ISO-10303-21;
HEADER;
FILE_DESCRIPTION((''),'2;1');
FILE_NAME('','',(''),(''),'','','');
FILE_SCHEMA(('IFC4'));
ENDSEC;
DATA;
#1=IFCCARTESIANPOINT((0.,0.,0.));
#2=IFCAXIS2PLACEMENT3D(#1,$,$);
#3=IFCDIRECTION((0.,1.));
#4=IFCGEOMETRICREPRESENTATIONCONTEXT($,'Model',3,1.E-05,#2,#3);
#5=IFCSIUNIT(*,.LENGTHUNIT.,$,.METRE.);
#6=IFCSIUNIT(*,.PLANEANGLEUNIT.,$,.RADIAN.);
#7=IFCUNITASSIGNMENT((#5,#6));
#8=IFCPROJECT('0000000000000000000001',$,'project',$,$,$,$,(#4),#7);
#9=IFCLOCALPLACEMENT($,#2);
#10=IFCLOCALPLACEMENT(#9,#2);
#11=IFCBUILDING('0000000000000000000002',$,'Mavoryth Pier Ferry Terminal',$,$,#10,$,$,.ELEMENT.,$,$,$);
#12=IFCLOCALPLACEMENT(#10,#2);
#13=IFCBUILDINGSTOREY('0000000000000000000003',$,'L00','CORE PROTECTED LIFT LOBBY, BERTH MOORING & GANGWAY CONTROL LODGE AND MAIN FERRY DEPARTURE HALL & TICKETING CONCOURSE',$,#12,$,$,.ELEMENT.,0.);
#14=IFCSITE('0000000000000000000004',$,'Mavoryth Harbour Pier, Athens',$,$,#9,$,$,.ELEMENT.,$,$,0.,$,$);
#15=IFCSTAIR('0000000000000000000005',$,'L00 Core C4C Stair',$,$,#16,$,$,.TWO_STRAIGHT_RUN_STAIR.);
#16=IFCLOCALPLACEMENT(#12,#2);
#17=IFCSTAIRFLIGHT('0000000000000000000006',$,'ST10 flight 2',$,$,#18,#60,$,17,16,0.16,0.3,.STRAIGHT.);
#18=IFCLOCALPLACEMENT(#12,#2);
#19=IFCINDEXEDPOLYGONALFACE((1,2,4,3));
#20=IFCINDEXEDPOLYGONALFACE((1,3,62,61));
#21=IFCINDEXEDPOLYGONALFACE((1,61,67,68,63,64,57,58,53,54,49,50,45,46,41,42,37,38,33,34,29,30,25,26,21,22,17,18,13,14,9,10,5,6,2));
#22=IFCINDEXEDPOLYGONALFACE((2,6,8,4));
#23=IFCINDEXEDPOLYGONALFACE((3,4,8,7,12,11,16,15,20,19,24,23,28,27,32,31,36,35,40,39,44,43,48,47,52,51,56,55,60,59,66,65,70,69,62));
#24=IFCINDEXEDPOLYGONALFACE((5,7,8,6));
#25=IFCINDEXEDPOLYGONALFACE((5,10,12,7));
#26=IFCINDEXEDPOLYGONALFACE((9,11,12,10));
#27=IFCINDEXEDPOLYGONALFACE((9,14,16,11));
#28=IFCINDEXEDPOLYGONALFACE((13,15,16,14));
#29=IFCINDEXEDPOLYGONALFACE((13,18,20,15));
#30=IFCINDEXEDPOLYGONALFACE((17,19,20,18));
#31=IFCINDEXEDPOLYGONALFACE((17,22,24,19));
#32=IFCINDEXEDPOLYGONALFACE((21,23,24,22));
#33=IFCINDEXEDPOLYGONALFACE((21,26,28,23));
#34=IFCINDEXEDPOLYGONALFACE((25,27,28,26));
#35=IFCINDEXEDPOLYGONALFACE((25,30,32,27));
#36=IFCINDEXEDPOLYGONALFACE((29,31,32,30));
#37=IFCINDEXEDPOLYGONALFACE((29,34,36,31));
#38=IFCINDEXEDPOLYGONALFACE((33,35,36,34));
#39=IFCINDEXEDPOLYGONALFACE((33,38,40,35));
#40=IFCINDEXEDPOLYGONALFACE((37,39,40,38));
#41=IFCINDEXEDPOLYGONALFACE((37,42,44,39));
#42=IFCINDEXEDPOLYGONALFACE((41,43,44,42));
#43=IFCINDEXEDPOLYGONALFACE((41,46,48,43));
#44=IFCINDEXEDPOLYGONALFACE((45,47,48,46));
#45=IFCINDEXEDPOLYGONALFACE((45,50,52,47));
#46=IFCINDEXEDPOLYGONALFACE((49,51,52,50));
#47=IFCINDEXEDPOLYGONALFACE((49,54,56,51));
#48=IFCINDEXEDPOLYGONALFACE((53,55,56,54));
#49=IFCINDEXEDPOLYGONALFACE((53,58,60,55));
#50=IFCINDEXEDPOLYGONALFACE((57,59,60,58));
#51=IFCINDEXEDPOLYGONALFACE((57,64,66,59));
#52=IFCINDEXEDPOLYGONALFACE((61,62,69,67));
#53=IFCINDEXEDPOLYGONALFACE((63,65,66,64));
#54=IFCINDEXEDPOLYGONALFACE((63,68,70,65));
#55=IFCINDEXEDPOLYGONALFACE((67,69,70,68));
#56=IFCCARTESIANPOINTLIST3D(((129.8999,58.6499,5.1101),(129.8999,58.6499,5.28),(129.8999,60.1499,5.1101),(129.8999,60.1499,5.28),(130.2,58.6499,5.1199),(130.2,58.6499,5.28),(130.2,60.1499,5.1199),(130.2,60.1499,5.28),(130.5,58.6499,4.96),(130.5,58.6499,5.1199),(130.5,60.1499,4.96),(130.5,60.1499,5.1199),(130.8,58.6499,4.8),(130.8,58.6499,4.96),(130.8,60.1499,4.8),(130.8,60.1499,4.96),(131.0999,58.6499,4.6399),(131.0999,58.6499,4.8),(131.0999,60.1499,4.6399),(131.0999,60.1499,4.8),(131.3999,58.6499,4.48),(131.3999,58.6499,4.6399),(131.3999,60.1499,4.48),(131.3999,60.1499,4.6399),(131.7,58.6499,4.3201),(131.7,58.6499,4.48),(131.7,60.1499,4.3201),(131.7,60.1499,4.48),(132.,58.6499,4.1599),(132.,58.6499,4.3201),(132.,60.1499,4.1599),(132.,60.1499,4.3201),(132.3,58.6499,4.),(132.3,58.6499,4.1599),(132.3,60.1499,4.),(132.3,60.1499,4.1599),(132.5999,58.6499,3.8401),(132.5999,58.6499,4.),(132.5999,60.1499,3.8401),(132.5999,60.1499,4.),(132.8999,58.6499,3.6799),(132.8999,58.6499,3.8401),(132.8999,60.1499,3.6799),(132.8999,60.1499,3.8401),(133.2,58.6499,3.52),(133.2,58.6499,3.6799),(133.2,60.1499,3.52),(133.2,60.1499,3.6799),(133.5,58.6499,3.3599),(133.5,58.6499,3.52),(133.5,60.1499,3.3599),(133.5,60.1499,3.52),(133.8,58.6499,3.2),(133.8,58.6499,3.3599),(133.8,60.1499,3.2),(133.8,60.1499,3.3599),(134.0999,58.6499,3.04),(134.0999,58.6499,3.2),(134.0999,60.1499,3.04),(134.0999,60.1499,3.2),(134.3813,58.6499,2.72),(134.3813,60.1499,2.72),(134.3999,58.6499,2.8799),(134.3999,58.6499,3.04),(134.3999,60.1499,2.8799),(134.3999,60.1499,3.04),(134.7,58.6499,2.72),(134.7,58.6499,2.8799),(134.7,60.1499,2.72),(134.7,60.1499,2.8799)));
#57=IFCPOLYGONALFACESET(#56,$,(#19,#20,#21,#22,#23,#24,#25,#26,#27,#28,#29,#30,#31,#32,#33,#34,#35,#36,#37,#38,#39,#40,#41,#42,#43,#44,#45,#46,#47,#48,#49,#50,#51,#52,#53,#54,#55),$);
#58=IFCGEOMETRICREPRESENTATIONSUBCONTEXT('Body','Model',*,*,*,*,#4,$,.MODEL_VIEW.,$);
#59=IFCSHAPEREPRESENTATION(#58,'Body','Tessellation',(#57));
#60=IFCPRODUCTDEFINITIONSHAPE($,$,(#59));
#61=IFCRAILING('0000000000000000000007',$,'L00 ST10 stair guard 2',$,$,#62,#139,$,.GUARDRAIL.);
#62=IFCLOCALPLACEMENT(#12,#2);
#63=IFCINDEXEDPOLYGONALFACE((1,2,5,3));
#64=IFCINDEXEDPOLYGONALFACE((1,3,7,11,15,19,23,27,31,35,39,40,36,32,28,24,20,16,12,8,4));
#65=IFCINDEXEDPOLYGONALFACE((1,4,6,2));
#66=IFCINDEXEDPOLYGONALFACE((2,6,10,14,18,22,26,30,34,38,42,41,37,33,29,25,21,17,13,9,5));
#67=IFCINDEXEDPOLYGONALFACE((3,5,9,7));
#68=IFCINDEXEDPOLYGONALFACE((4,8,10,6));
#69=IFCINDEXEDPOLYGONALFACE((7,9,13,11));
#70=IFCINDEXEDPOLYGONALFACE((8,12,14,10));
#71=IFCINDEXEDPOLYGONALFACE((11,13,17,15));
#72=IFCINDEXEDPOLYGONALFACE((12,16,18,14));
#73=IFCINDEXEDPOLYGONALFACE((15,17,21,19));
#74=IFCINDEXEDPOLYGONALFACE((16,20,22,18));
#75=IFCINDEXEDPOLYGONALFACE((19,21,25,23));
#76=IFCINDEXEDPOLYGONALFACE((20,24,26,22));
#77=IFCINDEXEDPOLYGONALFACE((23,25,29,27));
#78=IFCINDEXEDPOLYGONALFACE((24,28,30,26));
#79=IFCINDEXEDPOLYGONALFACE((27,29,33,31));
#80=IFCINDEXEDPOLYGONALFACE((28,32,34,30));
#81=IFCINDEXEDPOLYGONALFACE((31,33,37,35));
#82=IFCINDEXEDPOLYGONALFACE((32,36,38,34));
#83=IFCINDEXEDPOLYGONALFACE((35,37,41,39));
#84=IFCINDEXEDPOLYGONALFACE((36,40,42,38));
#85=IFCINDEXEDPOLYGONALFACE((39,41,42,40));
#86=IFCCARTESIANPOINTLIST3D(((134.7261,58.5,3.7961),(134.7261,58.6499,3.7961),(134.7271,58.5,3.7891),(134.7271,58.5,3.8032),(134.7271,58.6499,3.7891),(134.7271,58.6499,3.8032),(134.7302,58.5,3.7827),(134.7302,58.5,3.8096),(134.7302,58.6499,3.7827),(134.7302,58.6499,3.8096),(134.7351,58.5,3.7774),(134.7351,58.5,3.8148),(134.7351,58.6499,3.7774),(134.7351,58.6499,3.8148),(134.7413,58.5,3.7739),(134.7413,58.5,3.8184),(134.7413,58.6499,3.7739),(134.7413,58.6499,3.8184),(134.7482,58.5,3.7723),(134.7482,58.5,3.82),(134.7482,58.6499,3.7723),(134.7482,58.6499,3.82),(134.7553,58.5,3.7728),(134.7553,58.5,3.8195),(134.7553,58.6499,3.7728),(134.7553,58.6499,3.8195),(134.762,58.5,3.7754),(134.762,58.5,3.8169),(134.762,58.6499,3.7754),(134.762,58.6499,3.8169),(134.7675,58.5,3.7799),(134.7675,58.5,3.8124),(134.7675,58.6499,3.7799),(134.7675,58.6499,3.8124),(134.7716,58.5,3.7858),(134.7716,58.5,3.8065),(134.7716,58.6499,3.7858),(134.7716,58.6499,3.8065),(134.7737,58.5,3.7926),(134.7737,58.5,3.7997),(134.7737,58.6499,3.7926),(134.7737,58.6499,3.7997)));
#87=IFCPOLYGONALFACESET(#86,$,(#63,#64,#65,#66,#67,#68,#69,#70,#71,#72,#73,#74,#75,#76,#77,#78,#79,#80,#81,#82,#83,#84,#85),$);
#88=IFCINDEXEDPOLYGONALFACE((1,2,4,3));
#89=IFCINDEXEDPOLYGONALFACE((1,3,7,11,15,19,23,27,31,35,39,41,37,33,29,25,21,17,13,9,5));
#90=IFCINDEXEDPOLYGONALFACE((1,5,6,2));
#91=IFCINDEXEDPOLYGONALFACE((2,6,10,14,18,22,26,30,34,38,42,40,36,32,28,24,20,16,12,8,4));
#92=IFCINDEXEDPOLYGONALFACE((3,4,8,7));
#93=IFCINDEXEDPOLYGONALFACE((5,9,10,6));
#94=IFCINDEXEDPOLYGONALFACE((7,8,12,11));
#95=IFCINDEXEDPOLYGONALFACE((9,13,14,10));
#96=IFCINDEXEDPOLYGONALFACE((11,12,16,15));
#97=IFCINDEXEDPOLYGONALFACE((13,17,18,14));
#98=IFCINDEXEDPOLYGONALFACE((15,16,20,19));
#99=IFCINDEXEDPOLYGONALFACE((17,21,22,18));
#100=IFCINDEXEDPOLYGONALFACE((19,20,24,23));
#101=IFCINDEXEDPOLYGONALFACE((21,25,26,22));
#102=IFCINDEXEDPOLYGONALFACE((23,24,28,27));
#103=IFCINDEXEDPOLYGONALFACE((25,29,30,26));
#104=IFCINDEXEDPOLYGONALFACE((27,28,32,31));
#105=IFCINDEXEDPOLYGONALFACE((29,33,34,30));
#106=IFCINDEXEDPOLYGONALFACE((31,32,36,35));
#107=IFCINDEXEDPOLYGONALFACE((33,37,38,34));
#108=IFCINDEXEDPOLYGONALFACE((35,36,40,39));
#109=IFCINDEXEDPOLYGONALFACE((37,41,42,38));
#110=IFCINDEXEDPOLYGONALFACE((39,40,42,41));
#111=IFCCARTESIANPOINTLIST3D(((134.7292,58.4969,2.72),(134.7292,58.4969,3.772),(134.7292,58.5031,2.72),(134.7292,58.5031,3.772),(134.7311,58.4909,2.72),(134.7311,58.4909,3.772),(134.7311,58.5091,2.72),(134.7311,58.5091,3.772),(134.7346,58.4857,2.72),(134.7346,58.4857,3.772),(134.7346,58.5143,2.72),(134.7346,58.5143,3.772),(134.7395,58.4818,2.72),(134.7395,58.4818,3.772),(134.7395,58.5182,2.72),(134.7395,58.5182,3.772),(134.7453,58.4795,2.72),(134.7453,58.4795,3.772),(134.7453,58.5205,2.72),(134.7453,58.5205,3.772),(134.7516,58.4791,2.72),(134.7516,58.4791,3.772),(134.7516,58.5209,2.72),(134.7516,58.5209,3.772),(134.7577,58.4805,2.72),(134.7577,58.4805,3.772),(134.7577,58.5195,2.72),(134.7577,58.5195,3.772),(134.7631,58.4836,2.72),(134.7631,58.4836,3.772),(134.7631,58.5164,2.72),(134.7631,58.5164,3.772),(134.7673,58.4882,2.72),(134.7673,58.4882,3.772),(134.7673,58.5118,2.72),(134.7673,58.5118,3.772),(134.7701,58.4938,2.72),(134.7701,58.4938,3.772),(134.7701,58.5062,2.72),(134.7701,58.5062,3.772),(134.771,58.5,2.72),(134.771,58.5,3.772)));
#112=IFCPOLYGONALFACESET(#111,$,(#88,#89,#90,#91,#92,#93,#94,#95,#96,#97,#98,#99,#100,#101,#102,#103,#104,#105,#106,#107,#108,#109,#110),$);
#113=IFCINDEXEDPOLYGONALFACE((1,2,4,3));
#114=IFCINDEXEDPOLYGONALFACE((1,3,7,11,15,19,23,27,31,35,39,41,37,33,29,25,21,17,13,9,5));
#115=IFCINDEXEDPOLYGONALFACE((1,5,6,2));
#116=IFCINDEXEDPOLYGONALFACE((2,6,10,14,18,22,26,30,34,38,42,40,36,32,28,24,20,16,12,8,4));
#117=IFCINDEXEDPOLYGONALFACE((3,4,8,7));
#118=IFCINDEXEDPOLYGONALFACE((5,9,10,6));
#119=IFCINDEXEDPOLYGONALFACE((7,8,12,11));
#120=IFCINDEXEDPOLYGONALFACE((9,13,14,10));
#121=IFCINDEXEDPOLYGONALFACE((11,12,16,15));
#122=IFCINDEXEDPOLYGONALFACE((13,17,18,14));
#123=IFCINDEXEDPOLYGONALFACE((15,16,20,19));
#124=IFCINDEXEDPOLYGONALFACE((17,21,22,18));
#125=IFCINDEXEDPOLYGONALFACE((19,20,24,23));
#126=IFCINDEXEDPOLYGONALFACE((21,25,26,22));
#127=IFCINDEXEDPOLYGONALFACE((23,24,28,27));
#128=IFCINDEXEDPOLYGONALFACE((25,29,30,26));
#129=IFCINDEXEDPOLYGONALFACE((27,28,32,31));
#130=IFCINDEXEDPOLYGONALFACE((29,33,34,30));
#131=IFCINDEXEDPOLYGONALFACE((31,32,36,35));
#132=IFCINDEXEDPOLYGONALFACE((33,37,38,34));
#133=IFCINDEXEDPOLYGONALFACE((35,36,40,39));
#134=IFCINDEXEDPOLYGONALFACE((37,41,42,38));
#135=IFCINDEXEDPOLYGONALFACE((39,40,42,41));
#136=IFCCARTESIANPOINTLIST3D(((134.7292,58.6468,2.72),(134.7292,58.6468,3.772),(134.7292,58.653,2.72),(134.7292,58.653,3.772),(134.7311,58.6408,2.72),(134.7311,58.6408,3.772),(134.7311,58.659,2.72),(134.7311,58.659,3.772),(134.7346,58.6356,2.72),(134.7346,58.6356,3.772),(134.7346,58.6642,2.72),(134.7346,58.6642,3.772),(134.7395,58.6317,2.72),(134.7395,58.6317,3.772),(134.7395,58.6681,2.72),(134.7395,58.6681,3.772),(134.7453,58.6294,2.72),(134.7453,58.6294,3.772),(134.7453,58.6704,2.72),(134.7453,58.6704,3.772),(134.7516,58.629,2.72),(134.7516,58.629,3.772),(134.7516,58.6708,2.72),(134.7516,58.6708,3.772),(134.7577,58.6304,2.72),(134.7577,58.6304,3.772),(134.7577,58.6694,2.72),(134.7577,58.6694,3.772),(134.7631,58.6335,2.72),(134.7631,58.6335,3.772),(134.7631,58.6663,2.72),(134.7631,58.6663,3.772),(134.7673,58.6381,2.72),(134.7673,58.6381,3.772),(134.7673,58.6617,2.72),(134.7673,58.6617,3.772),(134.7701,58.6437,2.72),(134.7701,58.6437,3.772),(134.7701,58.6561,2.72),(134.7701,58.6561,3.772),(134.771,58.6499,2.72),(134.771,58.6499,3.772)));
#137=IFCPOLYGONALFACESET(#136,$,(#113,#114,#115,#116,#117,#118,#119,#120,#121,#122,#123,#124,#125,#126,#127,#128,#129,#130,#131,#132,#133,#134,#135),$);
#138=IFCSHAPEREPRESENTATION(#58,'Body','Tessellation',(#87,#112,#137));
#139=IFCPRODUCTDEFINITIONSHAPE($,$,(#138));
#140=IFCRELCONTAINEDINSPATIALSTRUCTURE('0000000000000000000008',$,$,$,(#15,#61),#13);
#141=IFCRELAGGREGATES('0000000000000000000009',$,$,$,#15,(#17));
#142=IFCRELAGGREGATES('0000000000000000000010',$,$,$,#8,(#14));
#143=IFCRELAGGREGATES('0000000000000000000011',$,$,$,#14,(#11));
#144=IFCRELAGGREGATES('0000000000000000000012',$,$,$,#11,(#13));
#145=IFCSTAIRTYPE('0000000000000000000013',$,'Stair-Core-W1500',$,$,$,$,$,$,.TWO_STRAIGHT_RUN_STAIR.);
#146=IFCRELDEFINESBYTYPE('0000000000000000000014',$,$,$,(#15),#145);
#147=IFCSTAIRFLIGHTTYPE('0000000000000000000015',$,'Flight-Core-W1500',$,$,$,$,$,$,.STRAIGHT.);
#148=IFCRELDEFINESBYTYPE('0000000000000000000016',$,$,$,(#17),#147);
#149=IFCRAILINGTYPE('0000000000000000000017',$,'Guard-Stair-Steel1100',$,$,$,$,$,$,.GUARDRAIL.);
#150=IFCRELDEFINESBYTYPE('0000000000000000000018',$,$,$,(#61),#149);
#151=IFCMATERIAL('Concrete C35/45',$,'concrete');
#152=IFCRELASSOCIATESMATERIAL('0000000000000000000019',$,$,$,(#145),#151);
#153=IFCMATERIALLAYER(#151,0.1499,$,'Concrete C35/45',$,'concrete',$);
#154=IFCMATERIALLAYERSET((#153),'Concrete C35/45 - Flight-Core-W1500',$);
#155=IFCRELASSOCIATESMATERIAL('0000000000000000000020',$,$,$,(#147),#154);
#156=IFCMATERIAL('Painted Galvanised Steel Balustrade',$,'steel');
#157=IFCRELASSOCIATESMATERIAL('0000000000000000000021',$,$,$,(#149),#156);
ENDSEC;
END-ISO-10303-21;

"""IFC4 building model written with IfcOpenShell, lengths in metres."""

from ifc_helpers import new_model, si_unit, direction, frame, origin, origin_2d, place, context, subcontext, project, spatial, polyline, circle, outline, extrude, material, layer, layer_set, type_object, element, aggregate, save


model = new_model("IFC4")

# Units and contexts
model_context = context("Model", 3, precision=1e-05, world=origin(), true_north=direction((0.0, 1.0)))
body_context = subcontext(model_context, "Body", "Model", "MODEL_VIEW")
ifc_project = project(units=[si_unit("LENGTHUNIT", "METRE"), si_unit("PLANEANGLEUNIT", "RADIAN")], contexts=[model_context])

# Site, building, storey
site_placement = place(None, origin())
site = spatial("IfcSite", under=ifc_project, at=site_placement, Name="Mavoryth Harbour Pier, Athens", CompositionType="ELEMENT", RefElevation=0.0)
building_placement = place(site_placement, origin())
building = spatial("IfcBuilding", under=site, at=building_placement, Name="Mavoryth Pier Ferry Terminal", CompositionType="ELEMENT")
storey_placement = place(building_placement, origin())
storey = spatial("IfcBuildingStorey", under=building, at=storey_placement, Name="L00", Description="CORE PROTECTED LIFT LOBBY, BERTH MOORING & GANGWAY CONTROL LODGE AND MAIN FERRY DEPARTURE HALL & TICKETING CONCOURSE", CompositionType="ELEMENT", Elevation=0.0)

# Shared definitions
ifc_material_1 = material(Name="Concrete C35/45", Category="concrete")

# Stair, stair flight
stair_type = type_object("IfcStairType", Name="Stair-Core-W1500", PredefinedType="TWO_STRAIGHT_RUN_STAIR", material=ifc_material_1)
stair_placement = place(storey_placement, origin())
stair = element("IfcStair", 1, at=stair_placement, inside=storey, type_object=stair_type, Name="L00 Core C4C Stair", PredefinedType="TWO_STRAIGHT_RUN_STAIR")
ifc_layer_1 = layer(ifc_material_1, 0.1499, Name="Concrete C35/45", Category="concrete")
ifc_layer_set_1 = layer_set([ifc_layer_1], Name="Concrete C35/45 - Flight-Core-W1500")
stair_flight_type = type_object("IfcStairFlightType", Name="Flight-Core-W1500", PredefinedType="STRAIGHT", material=ifc_layer_set_1)
stair_flight_placement = place(storey_placement, frame((134.7, 59.3999, 2.72), z_axis=(0.0, 0.0, 1.0), x_axis=(-1.0, 0.0, 0.0)))
stair_flight = element("IfcStairFlight", 2, at=stair_flight_placement, type_object=stair_flight_type, Name="ST10 flight 2", NumberOfRisers=17, NumberOfTreads=16, PredefinedType="STRAIGHT", RiserHeight=0.16, TreadLength=0.3, context=body_context, shape_type="SweptSolid", body=[
    extrude(outline(polyline([(0.0, 0.0), (0.0, 0.1599), (0.3, 0.1599), (0.3, 0.3201), (0.6001, 0.3201), (0.6001, 0.48), (0.8999, 0.48), (0.8999, 0.6399), (1.2, 0.6399), (1.2, 0.8), (1.5, 0.8), (1.5, 0.96), (1.8, 0.96), (1.8, 1.1201), (2.1001, 1.1201), (2.1001, 1.28), (2.3999, 1.28), (2.3999, 1.4399), (2.7, 1.4399), (2.7, 1.6001), (3.0, 1.6001), (3.0, 1.76), (3.3, 1.76), (3.3, 1.9199), (3.6001, 1.9199), (3.6001, 2.0801), (3.8999, 2.0801), (3.8999, 2.24), (4.2, 2.24), (4.2, 2.3999), (4.5, 2.3999), (4.5, 2.5601), (4.8, 2.5601), (4.8, 2.72), (4.8, 2.3901), (0.3186, 0.0), (0.0, 0.0)])), frame((0.0, 0.75, 0.0), z_axis=(0.0, -1.0, 0.0), x_axis=(1.0, 0.0, 0.0)), (0.0, 0.0, 1.0), 1.5),
])
aggregate(stair, [stair_flight])

# Railing
ifc_material_2 = material(Name="Painted Galvanised Steel Balustrade", Category="steel")
railing_type_1 = type_object("IfcRailingType", Name="Guard-Stair-Steel1100", PredefinedType="GUARDRAIL", material=ifc_material_2)
railing_1_placement = place(storey_placement, frame((134.75, 58.5, 2.72)))
element("IfcRailing", 3, at=railing_1_placement, inside=storey, type_object=railing_type_1, Name="L00 ST10 stair guard 2", PredefinedType="GUARDRAIL", context=body_context, shape_type="SweptSolid", body=[
    extrude(circle(Radius=0.0239, at=origin_2d()), frame((0.0, 0.0, 1.0762), z_axis=(0.0, 1.0, 0.0), x_axis=(-1.0, 0.0, 0.0)), (0.0, 0.0, 1.0), 0.1499),
    extrude(circle(Radius=0.021, at=origin_2d()), origin(), (0.0, 0.0, 1.0), 1.052),
    extrude(circle(Radius=0.021, at=origin_2d()), frame((0.0, 0.1499, 0.0)), (0.0, 0.0, 1.0), 1.052),
])

save(model, "model.ifc")
